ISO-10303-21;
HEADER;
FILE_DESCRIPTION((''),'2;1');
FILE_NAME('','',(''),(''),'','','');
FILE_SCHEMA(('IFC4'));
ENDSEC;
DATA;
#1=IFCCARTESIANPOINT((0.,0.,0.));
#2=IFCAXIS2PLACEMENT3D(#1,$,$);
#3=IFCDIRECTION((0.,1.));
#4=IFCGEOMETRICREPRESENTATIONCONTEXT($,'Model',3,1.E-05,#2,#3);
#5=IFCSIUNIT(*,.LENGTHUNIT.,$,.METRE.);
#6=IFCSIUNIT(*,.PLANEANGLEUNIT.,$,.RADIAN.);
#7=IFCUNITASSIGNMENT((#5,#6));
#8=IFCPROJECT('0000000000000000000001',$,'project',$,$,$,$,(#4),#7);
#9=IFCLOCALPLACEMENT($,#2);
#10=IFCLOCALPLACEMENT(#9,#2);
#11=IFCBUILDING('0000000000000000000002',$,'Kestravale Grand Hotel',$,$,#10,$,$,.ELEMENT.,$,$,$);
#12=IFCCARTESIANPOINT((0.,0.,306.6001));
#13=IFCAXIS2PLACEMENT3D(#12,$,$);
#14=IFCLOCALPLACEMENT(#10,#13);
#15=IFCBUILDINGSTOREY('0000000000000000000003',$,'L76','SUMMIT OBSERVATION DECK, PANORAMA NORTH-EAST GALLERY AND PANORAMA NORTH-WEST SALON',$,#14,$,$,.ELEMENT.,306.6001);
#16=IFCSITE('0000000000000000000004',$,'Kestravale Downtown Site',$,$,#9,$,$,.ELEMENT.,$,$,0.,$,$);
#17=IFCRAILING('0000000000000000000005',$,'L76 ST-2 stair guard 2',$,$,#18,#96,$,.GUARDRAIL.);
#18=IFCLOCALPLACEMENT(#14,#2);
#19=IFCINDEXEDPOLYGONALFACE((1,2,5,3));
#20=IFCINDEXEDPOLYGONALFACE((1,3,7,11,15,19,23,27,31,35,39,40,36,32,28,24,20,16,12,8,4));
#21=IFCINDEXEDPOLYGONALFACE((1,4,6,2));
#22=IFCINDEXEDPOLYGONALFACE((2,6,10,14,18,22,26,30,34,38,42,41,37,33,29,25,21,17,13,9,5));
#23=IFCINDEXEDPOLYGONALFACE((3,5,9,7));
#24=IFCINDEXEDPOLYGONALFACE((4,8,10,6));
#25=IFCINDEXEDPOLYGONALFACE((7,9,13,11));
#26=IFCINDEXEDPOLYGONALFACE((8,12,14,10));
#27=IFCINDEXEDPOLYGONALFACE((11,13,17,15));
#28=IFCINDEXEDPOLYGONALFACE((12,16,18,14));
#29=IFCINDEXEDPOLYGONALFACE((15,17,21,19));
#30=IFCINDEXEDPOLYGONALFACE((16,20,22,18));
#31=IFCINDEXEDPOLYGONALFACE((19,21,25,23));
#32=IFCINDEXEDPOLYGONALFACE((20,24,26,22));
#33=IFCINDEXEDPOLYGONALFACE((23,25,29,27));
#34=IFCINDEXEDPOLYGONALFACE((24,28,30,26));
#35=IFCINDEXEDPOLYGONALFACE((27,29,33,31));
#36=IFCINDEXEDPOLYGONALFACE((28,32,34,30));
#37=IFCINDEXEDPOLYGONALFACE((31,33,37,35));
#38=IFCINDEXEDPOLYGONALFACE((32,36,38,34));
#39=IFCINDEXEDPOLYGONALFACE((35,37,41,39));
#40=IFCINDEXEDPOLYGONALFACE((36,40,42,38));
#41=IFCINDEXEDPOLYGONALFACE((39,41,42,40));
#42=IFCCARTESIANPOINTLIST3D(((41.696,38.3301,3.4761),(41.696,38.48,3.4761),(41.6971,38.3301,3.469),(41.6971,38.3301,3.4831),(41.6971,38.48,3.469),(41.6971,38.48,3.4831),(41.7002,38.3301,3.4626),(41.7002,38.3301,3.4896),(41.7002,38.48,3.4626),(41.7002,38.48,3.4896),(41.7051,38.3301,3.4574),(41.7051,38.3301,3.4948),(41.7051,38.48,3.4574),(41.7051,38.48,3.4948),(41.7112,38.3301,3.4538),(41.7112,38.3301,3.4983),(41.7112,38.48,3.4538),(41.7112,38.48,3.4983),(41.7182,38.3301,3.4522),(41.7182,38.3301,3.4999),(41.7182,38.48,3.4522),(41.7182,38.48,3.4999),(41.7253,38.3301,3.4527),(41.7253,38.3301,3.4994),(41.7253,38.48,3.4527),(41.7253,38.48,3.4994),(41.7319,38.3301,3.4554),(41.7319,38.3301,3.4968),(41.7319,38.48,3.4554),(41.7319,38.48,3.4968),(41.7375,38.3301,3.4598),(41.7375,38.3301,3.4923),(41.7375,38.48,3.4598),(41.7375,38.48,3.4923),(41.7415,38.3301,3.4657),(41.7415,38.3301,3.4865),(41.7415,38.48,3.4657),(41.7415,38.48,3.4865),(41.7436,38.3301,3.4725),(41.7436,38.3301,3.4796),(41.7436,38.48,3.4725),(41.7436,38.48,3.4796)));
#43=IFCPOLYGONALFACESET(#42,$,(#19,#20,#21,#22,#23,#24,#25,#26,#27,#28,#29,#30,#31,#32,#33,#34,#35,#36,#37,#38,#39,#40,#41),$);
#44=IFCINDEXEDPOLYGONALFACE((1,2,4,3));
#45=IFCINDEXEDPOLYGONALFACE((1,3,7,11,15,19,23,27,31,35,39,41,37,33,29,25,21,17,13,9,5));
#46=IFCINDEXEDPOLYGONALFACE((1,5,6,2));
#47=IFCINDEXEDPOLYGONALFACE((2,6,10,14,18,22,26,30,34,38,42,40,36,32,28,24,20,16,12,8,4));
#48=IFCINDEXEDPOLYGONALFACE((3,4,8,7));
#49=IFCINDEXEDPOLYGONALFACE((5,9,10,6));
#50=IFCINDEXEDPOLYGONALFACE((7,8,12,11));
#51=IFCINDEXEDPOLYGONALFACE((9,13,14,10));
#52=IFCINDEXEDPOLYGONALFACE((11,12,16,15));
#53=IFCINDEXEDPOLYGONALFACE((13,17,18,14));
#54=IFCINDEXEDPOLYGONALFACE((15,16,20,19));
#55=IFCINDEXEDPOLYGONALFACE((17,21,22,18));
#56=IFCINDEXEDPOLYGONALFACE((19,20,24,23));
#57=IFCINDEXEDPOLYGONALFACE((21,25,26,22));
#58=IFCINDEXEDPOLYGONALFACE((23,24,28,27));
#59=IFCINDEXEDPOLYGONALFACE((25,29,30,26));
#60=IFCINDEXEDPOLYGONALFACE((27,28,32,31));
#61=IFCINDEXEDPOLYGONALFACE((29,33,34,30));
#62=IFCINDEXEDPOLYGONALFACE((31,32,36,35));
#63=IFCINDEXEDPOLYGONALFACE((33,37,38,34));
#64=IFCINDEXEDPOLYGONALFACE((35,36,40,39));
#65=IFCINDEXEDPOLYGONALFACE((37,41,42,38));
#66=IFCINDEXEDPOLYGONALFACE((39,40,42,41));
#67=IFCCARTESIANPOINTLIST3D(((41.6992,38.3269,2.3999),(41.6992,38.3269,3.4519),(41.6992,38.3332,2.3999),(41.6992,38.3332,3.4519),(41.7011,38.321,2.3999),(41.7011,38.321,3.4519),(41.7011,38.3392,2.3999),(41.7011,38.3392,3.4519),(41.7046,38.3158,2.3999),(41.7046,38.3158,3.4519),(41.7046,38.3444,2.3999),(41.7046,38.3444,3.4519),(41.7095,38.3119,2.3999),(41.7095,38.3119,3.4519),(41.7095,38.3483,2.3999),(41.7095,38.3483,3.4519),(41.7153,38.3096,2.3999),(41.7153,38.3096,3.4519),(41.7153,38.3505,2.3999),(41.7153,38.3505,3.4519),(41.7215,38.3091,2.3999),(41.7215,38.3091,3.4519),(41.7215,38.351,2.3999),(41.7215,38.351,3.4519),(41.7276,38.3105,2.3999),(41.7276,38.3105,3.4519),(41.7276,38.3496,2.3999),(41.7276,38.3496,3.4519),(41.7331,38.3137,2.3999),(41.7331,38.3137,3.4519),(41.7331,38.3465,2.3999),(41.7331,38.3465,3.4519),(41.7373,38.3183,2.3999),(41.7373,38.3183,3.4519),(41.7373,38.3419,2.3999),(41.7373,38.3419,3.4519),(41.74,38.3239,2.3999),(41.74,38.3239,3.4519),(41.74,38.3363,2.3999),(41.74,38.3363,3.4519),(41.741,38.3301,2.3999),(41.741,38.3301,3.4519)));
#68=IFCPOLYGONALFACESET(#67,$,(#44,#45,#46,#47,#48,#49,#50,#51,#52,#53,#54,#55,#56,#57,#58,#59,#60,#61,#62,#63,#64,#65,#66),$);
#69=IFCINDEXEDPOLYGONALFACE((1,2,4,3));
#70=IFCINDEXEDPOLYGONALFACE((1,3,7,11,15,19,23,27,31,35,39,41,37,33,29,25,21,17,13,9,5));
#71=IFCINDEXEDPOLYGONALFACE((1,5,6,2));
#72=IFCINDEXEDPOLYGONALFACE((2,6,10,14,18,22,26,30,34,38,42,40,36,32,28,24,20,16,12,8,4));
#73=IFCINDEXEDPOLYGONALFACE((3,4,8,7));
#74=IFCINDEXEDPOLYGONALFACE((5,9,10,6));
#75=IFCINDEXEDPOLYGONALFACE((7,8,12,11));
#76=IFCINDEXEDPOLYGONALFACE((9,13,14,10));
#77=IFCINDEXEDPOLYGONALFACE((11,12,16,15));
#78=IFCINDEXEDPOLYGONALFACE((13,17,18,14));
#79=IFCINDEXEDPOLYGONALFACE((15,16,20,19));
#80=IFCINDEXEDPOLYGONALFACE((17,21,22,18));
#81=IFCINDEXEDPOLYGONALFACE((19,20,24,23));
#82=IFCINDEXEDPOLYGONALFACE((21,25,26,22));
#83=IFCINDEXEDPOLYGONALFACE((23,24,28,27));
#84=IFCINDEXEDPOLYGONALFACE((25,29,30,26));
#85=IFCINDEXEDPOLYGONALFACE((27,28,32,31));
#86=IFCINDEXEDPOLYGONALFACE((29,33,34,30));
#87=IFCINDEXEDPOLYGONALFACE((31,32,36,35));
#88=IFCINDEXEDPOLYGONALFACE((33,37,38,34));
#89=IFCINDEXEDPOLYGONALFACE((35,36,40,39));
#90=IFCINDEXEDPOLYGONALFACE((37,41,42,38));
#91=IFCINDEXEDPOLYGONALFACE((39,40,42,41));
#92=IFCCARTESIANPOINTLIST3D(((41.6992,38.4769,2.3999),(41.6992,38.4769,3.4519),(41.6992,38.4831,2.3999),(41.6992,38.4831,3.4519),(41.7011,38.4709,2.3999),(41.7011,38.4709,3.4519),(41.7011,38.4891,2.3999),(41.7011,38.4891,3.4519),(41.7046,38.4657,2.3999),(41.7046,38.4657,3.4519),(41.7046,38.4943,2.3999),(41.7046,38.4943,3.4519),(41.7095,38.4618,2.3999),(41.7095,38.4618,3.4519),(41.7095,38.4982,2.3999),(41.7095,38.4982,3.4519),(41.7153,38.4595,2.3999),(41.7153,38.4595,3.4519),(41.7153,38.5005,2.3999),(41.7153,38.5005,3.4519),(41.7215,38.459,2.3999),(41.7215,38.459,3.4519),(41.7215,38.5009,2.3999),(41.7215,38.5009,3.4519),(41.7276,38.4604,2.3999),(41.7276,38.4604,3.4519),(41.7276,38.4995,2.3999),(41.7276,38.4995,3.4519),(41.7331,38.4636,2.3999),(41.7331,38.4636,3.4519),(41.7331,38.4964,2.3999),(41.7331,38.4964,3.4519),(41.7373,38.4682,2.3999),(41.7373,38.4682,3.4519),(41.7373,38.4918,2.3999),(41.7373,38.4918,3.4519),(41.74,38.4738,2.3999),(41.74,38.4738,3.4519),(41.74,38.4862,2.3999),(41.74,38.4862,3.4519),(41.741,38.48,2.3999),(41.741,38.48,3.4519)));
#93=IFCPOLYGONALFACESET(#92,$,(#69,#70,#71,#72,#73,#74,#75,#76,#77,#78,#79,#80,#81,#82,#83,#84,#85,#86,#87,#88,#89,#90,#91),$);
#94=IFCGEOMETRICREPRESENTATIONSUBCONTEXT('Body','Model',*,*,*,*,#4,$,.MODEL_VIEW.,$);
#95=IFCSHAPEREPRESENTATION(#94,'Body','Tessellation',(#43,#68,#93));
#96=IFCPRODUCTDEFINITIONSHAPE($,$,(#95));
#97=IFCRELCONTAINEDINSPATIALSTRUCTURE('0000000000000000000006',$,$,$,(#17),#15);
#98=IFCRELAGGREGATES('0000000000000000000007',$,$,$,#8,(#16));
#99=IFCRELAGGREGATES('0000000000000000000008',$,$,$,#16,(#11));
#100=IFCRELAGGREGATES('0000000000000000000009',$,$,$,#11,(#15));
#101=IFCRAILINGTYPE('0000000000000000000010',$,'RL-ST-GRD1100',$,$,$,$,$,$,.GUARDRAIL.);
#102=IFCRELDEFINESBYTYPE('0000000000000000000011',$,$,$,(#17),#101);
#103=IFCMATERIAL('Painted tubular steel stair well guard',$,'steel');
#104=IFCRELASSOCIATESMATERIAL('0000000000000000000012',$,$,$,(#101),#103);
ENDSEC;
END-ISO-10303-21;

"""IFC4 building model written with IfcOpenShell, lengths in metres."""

from ifc_helpers import new_model, si_unit, direction, frame, origin, origin_2d, place, context, subcontext, project, spatial, circle, extrude, material, type_object, element, save


model = new_model("IFC4")

# Units and contexts
model_context = context("Model", 3, precision=1e-05, world=origin(), true_north=direction((0.0, 1.0)))
body_context = subcontext(model_context, "Body", "Model", "MODEL_VIEW")
ifc_project = project(units=[si_unit("LENGTHUNIT", "METRE"), si_unit("PLANEANGLEUNIT", "RADIAN")], contexts=[model_context])

# Site, building, storey
site_placement = place(None, origin())
site = spatial("IfcSite", under=ifc_project, at=site_placement, Name="Kestravale Downtown Site", CompositionType="ELEMENT", RefElevation=0.0)
building_placement = place(site_placement, origin())
building = spatial("IfcBuilding", under=site, at=building_placement, Name="Kestravale Grand Hotel", CompositionType="ELEMENT")
storey_placement = place(building_placement, frame((0.0, 0.0, 306.6001)))
storey = spatial("IfcBuildingStorey", under=building, at=storey_placement, Name="L76", Description="SUMMIT OBSERVATION DECK, PANORAMA NORTH-EAST GALLERY AND PANORAMA NORTH-WEST SALON", CompositionType="ELEMENT", Elevation=306.6001)

# Railing
ifc_material_1 = material(Name="Painted tubular steel stair well guard", Category="steel")
railing_type_1 = type_object("IfcRailingType", Name="RL-ST-GRD1100", PredefinedType="GUARDRAIL", material=ifc_material_1)
railing_1_placement = place(storey_placement, frame((41.72, 38.3301, 2.3999)))
element("IfcRailing", 1, at=railing_1_placement, inside=storey, type_object=railing_type_1, Name="L76 ST-2 stair guard 2", PredefinedType="GUARDRAIL", context=body_context, shape_type="SweptSolid", body=[
    extrude(circle(Radius=0.0239, at=origin_2d()), frame((0.0, 0.0, 1.0762), z_axis=(0.0, 1.0, 0.0), x_axis=(-1.0, 0.0, 0.0)), (0.0, 0.0, 1.0), 0.1499),
    extrude(circle(Radius=0.021, at=origin_2d()), origin(), (0.0, 0.0, 1.0), 1.052),
    extrude(circle(Radius=0.021, at=origin_2d()), frame((0.0, 0.1499, 0.0)), (0.0, 0.0, 1.0), 1.052),
])

save(model, "model.ifc")
